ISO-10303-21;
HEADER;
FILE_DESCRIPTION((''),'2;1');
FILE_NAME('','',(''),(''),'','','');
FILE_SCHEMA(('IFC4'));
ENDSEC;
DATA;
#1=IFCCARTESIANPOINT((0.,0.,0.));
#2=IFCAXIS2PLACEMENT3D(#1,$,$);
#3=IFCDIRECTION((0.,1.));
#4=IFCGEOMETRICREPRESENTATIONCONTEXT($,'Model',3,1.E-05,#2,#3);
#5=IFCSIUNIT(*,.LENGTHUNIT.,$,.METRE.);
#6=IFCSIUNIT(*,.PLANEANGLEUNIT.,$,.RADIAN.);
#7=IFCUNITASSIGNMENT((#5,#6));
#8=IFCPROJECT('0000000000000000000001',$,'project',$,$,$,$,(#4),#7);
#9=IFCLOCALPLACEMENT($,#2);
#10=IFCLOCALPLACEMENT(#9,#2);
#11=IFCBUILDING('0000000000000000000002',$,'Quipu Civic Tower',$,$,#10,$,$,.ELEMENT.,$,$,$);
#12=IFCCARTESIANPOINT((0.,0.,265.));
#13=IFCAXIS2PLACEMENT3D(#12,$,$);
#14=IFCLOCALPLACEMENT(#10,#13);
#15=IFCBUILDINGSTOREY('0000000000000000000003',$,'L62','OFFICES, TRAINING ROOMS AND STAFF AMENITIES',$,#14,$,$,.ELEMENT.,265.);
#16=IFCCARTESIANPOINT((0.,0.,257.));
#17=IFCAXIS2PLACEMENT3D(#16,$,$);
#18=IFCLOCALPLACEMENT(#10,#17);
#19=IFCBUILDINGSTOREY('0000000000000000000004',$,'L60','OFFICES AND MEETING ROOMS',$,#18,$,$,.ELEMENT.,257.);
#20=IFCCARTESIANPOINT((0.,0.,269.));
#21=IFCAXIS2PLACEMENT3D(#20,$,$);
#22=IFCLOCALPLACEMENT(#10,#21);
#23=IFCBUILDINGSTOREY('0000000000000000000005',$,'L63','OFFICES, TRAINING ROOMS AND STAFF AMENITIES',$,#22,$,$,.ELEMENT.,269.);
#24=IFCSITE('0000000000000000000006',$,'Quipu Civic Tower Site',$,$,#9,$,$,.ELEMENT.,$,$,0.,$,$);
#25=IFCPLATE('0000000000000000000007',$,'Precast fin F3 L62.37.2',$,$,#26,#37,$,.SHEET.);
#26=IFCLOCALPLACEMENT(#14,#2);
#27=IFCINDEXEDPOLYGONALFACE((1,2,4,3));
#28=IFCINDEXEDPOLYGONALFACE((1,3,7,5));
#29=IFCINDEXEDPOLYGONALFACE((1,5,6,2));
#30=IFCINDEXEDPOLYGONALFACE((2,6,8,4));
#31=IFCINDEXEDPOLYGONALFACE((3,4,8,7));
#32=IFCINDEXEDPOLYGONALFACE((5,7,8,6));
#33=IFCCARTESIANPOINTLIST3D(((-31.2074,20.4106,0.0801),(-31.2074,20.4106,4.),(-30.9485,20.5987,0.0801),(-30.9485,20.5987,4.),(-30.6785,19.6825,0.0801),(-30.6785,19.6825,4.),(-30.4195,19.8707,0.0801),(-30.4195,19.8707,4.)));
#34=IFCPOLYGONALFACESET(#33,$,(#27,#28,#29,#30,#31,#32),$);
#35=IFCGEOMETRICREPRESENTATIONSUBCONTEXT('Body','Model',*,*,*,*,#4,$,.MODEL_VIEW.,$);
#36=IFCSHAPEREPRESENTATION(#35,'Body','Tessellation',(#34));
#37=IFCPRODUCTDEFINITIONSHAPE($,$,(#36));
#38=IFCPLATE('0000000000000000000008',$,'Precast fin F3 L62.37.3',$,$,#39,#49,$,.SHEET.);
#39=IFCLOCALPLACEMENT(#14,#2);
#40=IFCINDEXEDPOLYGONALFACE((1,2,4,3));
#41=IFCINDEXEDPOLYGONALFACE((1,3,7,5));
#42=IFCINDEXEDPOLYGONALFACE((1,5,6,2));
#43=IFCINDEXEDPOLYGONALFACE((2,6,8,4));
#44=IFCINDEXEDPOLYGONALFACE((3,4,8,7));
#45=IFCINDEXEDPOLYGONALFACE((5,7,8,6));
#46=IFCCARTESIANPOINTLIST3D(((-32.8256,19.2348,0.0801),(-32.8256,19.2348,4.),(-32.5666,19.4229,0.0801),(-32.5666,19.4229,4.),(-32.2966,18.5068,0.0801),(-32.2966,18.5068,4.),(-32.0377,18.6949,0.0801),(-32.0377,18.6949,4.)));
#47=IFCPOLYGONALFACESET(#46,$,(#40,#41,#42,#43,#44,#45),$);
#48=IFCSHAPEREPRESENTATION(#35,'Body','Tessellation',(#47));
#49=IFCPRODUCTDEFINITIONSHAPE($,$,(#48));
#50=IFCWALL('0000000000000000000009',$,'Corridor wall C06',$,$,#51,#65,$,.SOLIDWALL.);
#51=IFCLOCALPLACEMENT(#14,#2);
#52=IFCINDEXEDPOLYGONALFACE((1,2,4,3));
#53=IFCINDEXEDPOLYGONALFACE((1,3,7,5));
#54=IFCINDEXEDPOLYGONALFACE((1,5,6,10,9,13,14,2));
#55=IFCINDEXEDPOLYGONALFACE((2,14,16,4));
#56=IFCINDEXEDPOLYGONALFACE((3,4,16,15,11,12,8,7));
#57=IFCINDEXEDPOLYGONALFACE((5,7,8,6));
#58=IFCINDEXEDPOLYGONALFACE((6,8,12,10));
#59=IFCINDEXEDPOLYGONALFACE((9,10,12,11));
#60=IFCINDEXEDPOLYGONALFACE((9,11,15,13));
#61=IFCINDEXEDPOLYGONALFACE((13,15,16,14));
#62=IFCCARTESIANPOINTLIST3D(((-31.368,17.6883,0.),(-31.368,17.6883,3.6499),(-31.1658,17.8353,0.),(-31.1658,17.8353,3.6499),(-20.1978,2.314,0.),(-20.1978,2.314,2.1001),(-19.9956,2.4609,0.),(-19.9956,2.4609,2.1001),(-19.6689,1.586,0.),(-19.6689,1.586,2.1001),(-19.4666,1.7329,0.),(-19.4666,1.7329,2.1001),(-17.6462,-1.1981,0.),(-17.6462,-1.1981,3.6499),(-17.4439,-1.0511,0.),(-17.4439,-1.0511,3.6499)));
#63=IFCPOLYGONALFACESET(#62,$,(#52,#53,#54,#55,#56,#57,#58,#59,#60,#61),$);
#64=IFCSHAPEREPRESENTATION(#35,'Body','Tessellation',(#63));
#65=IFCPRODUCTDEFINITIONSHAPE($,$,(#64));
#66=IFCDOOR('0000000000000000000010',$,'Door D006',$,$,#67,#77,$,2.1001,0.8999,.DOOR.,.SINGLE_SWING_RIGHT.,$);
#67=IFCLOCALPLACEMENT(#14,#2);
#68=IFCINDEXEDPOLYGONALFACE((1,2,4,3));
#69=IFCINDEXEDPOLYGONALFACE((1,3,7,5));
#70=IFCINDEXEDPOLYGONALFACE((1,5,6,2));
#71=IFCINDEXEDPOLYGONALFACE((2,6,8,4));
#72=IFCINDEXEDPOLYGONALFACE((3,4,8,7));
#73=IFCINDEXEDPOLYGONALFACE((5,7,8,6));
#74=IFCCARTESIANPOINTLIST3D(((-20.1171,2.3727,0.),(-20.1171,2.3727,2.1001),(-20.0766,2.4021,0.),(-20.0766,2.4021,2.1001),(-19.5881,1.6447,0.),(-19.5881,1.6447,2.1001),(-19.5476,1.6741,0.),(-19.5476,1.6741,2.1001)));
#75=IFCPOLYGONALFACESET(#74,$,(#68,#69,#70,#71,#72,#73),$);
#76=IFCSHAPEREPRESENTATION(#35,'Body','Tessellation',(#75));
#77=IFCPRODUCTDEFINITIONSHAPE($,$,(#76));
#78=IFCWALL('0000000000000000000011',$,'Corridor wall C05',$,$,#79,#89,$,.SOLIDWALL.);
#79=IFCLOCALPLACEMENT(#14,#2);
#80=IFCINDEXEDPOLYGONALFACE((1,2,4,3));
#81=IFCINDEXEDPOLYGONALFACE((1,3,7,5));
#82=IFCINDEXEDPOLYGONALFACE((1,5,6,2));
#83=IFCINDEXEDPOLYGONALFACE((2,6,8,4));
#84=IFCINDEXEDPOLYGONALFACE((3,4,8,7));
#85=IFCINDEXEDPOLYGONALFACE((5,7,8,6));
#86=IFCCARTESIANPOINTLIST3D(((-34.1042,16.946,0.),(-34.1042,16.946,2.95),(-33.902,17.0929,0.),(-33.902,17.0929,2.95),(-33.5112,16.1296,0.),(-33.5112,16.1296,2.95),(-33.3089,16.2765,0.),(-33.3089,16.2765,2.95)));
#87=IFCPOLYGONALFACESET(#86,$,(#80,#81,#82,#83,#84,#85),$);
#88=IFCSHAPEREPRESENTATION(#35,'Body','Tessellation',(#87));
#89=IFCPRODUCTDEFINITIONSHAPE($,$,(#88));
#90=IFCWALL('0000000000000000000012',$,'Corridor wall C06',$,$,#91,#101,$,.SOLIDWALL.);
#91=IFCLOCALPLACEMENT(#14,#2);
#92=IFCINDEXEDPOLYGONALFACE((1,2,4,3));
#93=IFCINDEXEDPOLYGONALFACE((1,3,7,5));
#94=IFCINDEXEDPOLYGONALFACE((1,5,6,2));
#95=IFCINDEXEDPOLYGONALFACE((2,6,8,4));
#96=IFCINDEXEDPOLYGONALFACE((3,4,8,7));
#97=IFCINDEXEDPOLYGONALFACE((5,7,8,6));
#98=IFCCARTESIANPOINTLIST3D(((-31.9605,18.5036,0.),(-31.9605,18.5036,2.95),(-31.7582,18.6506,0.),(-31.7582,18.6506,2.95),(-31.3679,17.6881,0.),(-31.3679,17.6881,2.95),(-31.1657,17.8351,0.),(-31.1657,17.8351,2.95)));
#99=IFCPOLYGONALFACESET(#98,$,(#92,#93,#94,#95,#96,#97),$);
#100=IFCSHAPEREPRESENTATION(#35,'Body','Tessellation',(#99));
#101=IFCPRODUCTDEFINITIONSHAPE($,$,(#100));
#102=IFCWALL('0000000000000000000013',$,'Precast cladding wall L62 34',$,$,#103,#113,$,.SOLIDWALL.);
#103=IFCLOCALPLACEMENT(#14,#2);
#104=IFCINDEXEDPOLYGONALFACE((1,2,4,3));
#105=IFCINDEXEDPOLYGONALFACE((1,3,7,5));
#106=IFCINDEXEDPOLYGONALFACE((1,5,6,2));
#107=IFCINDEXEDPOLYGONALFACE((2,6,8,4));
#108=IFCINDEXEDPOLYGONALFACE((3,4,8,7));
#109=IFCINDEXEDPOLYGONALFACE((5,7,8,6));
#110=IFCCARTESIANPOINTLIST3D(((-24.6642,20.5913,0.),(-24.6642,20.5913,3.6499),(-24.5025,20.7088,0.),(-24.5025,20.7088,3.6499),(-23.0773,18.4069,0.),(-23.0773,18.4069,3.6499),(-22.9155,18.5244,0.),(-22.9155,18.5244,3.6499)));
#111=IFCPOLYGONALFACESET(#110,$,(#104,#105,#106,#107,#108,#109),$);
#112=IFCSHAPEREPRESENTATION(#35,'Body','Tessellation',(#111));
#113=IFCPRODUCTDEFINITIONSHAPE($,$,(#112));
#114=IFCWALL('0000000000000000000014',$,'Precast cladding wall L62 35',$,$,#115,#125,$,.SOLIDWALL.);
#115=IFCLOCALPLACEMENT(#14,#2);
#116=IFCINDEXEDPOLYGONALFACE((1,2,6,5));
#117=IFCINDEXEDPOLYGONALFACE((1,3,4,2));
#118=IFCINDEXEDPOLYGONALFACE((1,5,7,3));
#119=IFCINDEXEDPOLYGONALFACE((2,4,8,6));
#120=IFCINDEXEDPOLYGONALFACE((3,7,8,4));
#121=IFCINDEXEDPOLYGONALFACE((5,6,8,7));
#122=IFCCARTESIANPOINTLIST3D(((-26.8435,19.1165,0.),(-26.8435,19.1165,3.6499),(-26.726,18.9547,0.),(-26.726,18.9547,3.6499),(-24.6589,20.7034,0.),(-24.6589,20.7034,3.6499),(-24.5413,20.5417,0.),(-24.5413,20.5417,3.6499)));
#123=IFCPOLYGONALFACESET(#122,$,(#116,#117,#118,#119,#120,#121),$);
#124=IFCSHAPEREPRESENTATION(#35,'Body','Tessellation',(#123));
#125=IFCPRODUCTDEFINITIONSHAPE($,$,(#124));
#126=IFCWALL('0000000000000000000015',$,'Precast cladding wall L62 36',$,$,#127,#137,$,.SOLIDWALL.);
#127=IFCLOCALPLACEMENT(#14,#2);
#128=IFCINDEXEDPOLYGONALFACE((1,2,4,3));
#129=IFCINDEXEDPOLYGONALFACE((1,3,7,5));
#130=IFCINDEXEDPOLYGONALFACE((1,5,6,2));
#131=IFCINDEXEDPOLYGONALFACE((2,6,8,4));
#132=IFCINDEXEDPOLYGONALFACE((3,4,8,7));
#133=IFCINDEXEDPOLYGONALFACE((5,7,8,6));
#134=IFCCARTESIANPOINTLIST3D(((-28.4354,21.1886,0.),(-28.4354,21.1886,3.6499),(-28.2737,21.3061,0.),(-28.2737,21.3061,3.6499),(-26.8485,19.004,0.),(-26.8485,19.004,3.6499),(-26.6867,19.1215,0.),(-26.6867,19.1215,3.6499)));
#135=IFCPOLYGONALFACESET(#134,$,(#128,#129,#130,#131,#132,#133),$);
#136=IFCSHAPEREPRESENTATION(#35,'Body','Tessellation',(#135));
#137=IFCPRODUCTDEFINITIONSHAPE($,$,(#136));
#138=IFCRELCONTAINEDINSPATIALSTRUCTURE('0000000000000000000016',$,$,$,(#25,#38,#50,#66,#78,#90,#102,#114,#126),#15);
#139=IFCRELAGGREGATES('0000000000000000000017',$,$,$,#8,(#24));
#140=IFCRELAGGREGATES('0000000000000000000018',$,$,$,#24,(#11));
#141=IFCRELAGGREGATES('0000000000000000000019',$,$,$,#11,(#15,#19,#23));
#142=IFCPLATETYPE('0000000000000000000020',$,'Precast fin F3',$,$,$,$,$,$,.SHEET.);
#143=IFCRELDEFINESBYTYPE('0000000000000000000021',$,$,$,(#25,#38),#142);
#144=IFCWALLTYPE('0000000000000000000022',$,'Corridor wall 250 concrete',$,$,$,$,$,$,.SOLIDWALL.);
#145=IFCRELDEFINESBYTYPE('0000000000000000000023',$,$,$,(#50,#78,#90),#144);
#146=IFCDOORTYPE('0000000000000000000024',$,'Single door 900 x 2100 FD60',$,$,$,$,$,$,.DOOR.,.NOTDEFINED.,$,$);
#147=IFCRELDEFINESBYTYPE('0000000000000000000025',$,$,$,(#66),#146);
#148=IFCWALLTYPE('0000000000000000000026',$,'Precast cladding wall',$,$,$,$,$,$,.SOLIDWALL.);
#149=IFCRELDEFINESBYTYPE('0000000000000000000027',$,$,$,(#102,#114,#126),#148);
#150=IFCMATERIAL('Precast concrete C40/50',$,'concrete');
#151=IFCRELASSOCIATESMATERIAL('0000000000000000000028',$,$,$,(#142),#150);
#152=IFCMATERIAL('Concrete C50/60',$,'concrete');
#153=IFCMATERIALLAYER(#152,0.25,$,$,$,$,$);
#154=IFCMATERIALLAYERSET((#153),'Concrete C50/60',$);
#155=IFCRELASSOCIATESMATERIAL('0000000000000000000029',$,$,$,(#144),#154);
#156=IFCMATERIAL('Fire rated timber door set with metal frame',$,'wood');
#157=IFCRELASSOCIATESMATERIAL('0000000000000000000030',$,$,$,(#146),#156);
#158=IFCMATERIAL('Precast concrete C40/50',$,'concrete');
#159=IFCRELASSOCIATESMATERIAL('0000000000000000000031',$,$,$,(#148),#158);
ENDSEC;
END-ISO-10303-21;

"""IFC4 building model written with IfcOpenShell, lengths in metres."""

from ifc_helpers import new_model, si_unit, direction, frame, frame_2d, origin, origin_2d, place, context, subcontext, project, spatial, rectangle, extrude, material, layer, layer_set, type_object, element, fill, save


model = new_model("IFC4")

# Units and contexts
model_context = context("Model", 3, precision=1e-05, world=origin(), true_north=direction((0.0, 1.0)))
body_context = subcontext(model_context, "Body", "Model", "MODEL_VIEW")
ifc_project = project(units=[si_unit("LENGTHUNIT", "METRE"), si_unit("PLANEANGLEUNIT", "RADIAN")], contexts=[model_context])

# Site, building, storey
site_placement = place(None, origin())
site = spatial("IfcSite", under=ifc_project, at=site_placement, Name="Quipu Civic Tower Site", CompositionType="ELEMENT", RefElevation=0.0)
building_placement = place(site_placement, origin())
building = spatial("IfcBuilding", under=site, at=building_placement, Name="Quipu Civic Tower", CompositionType="ELEMENT")
storey_1_placement = place(building_placement, frame((0.0, 0.0, 265.0)))
storey_1 = spatial("IfcBuildingStorey", under=building, at=storey_1_placement, Name="L62", Description="OFFICES, TRAINING ROOMS AND STAFF AMENITIES", CompositionType="ELEMENT", Elevation=265.0)

# Shared definitions
storey_2_placement = place(building_placement, frame((0.0, 0.0, 257.0)))
storey_2 = spatial("IfcBuildingStorey", under=building, at=storey_2_placement, Name="L60", Description="OFFICES AND MEETING ROOMS", CompositionType="ELEMENT", Elevation=257.0)

# Shared definitions
storey_3_placement = place(building_placement, frame((0.0, 0.0, 269.0)))
storey_3 = spatial("IfcBuildingStorey", under=building, at=storey_3_placement, Name="L63", Description="OFFICES, TRAINING ROOMS AND STAFF AMENITIES", CompositionType="ELEMENT", Elevation=269.0)

# Plates
ifc_material_1 = material(Name="Precast concrete C40/50", Category="concrete")
plate_type_1 = type_object("IfcPlateType", Name="Precast fin F3", PredefinedType="SHEET", material=ifc_material_1)
for number, where, z_axis, x_axis, name in (
    (1, (-30.8135, 20.1406, 0.0801), (0.0, 0.0, 1.0), (-0.809017, -0.587785, 0.0), "Precast fin F3 L62.37.2"),
    (2, (-32.4316, 18.9648, 0.0801), (0.0, 0.0, 1.0), (-0.809017, -0.587785, 0.0), "Precast fin F3 L62.37.3"),
):
    element("IfcPlate", number, at=place(storey_1_placement, frame(where, z_axis=z_axis, x_axis=x_axis)), inside=storey_1, type_object=plate_type_1, Name=name, PredefinedType="SHEET", context=body_context, shape_type="SweptSolid", body=[
        extrude(rectangle(XDim=0.3201, YDim=0.8999, at=origin_2d()), origin(), (0.0, 0.0, 1.0), 3.9199),
    ])

# Wall, opening, door
ifc_material_2 = material(Name="Concrete C50/60", Category="concrete")
ifc_layer_1 = layer(ifc_material_2, 0.25)
ifc_layer_set_1 = layer_set([ifc_layer_1], Name="Concrete C50/60")
wall_type_1 = type_object("IfcWallType", Name="Corridor wall 250 concrete", PredefinedType="SOLIDWALL", material=ifc_layer_set_1)
wall_1_placement = place(storey_1_placement, frame((-31.2668, 17.7617, 0.0), z_axis=(0.0, 0.0, 1.0), x_axis=(0.587788, -0.809015, 0.0)))
wall_1 = element("IfcWall", 3, at=wall_1_placement, inside=storey_1, type_object=wall_type_1, Name="Corridor wall C06", PredefinedType="SOLIDWALL", context=body_context, shape_type="SweptSolid", body=[
    extrude(rectangle(XDim=23.345, YDim=0.25, at=frame_2d((11.6724, 0.0))), origin(), (0.0, 0.0, 1.0), 3.6499),
])
opening_placement = place(wall_1_placement, frame((19.0037, 0.0, 0.0)))
opening = element("IfcOpeningElement", 4, at=opening_placement, cuts=wall_1, PredefinedType="OPENING", context=body_context, shape_type="SweptSolid", body=[
    extrude(rectangle(XDim=0.8999, YDim=2.1001, at=frame_2d((0.45, 1.05))), frame((0.0, 0.135, 0.0), z_axis=(0.0, -1.0, 0.0), x_axis=(1.0, 0.0, 0.0)), (0.0, 0.0, 1.0), 0.27),
])
ifc_material_3 = material(Name="Fire rated timber door set with metal frame", Category="wood")
door_type = type_object("IfcDoorType", Name="Single door 900 x 2100 FD60", OperationType="NOTDEFINED", PredefinedType="DOOR", material=ifc_material_3)
door_placement = place(opening_placement, origin())
door = element("IfcDoor", 5, at=door_placement, inside=storey_1, type_object=door_type, Name="Door D006", OperationType="SINGLE_SWING_RIGHT", OverallHeight=2.1001, OverallWidth=0.8999, PredefinedType="DOOR", context=body_context, shape_type="SweptSolid", body=[
    extrude(rectangle(XDim=0.8999, YDim=2.1001, at=frame_2d((0.45, 1.05))), frame((0.0, 0.0249, 0.0), z_axis=(0.0, -1.0, 0.0), x_axis=(1.0, 0.0, 0.0)), (0.0, 0.0, 1.0), 0.05),
])
fill(opening, door)

# Walls
wall_2_placement = place(storey_1_placement, frame((-33.4102, 16.2031, 0.0), z_axis=(0.0, 0.0, 1.0), x_axis=(-0.587697, 0.809081, 0.0)))
element("IfcWall", 6, at=wall_2_placement, inside=storey_1, type_object=wall_type_1, Name="Corridor wall C05", PredefinedType="SOLIDWALL", context=body_context, shape_type="SweptSolid", body=[
    extrude(rectangle(XDim=1.009, YDim=0.25, at=frame_2d((0.5044, 0.0))), origin(), (0.0, 0.0, 1.0), 2.95),
])
wall_3_placement = place(storey_1_placement, frame((-31.2668, 17.7617, 0.0), z_axis=(0.0, 0.0, 1.0), x_axis=(-0.58784, 0.808977, 0.0)))
element("IfcWall", 7, at=wall_3_placement, inside=storey_1, type_object=wall_type_1, Name="Corridor wall C06", PredefinedType="SOLIDWALL", context=body_context, shape_type="SweptSolid", body=[
    extrude(rectangle(XDim=1.0081, YDim=0.25, at=frame_2d((0.5039, 0.0))), origin(), (0.0, 0.0, 1.0), 2.95),
])
ifc_material_4 = material(Name="Precast concrete C40/50", Category="concrete")
wall_type_2 = type_object("IfcWallType", Name="Precast cladding wall", PredefinedType="SOLIDWALL", material=ifc_material_4)
wall_4_placement = place(storey_1_placement, frame((-22.9963, 18.4656, 0.0), z_axis=(0.0, 0.0, 1.0), x_axis=(-0.587763, 0.809033, 0.0)))
element("IfcWall", 8, at=wall_4_placement, inside=storey_1, type_object=wall_type_2, Name="Precast cladding wall L62 34", PredefinedType="SOLIDWALL", context=body_context, shape_type="SweptSolid", body=[
    extrude(rectangle(XDim=2.7, YDim=0.2, at=frame_2d((1.3501, 0.0))), origin(), (0.0, 0.0, 1.0), 3.6499),
])
for number, where, z_axis, x_axis, name in (
    (9, (-24.6001, 20.6226, 0.0), (0.0, 0.0, 1.0), (-0.809064, -0.58772, 0.0), "Precast cladding wall L62 35"),
    (10, (-26.7676, 19.0627, 0.0), (0.0, 0.0, 1.0), (-0.58772, 0.809064, 0.0), "Precast cladding wall L62 36"),
):
    element("IfcWall", number, at=place(storey_1_placement, frame(where, z_axis=z_axis, x_axis=x_axis)), inside=storey_1, type_object=wall_type_2, Name=name, PredefinedType="SOLIDWALL", context=body_context, shape_type="SweptSolid", body=[
        extrude(rectangle(XDim=2.7002, YDim=0.2, at=frame_2d((1.3501, 0.0))), origin(), (0.0, 0.0, 1.0), 3.6499),
    ])

save(model, "model.ifc")
